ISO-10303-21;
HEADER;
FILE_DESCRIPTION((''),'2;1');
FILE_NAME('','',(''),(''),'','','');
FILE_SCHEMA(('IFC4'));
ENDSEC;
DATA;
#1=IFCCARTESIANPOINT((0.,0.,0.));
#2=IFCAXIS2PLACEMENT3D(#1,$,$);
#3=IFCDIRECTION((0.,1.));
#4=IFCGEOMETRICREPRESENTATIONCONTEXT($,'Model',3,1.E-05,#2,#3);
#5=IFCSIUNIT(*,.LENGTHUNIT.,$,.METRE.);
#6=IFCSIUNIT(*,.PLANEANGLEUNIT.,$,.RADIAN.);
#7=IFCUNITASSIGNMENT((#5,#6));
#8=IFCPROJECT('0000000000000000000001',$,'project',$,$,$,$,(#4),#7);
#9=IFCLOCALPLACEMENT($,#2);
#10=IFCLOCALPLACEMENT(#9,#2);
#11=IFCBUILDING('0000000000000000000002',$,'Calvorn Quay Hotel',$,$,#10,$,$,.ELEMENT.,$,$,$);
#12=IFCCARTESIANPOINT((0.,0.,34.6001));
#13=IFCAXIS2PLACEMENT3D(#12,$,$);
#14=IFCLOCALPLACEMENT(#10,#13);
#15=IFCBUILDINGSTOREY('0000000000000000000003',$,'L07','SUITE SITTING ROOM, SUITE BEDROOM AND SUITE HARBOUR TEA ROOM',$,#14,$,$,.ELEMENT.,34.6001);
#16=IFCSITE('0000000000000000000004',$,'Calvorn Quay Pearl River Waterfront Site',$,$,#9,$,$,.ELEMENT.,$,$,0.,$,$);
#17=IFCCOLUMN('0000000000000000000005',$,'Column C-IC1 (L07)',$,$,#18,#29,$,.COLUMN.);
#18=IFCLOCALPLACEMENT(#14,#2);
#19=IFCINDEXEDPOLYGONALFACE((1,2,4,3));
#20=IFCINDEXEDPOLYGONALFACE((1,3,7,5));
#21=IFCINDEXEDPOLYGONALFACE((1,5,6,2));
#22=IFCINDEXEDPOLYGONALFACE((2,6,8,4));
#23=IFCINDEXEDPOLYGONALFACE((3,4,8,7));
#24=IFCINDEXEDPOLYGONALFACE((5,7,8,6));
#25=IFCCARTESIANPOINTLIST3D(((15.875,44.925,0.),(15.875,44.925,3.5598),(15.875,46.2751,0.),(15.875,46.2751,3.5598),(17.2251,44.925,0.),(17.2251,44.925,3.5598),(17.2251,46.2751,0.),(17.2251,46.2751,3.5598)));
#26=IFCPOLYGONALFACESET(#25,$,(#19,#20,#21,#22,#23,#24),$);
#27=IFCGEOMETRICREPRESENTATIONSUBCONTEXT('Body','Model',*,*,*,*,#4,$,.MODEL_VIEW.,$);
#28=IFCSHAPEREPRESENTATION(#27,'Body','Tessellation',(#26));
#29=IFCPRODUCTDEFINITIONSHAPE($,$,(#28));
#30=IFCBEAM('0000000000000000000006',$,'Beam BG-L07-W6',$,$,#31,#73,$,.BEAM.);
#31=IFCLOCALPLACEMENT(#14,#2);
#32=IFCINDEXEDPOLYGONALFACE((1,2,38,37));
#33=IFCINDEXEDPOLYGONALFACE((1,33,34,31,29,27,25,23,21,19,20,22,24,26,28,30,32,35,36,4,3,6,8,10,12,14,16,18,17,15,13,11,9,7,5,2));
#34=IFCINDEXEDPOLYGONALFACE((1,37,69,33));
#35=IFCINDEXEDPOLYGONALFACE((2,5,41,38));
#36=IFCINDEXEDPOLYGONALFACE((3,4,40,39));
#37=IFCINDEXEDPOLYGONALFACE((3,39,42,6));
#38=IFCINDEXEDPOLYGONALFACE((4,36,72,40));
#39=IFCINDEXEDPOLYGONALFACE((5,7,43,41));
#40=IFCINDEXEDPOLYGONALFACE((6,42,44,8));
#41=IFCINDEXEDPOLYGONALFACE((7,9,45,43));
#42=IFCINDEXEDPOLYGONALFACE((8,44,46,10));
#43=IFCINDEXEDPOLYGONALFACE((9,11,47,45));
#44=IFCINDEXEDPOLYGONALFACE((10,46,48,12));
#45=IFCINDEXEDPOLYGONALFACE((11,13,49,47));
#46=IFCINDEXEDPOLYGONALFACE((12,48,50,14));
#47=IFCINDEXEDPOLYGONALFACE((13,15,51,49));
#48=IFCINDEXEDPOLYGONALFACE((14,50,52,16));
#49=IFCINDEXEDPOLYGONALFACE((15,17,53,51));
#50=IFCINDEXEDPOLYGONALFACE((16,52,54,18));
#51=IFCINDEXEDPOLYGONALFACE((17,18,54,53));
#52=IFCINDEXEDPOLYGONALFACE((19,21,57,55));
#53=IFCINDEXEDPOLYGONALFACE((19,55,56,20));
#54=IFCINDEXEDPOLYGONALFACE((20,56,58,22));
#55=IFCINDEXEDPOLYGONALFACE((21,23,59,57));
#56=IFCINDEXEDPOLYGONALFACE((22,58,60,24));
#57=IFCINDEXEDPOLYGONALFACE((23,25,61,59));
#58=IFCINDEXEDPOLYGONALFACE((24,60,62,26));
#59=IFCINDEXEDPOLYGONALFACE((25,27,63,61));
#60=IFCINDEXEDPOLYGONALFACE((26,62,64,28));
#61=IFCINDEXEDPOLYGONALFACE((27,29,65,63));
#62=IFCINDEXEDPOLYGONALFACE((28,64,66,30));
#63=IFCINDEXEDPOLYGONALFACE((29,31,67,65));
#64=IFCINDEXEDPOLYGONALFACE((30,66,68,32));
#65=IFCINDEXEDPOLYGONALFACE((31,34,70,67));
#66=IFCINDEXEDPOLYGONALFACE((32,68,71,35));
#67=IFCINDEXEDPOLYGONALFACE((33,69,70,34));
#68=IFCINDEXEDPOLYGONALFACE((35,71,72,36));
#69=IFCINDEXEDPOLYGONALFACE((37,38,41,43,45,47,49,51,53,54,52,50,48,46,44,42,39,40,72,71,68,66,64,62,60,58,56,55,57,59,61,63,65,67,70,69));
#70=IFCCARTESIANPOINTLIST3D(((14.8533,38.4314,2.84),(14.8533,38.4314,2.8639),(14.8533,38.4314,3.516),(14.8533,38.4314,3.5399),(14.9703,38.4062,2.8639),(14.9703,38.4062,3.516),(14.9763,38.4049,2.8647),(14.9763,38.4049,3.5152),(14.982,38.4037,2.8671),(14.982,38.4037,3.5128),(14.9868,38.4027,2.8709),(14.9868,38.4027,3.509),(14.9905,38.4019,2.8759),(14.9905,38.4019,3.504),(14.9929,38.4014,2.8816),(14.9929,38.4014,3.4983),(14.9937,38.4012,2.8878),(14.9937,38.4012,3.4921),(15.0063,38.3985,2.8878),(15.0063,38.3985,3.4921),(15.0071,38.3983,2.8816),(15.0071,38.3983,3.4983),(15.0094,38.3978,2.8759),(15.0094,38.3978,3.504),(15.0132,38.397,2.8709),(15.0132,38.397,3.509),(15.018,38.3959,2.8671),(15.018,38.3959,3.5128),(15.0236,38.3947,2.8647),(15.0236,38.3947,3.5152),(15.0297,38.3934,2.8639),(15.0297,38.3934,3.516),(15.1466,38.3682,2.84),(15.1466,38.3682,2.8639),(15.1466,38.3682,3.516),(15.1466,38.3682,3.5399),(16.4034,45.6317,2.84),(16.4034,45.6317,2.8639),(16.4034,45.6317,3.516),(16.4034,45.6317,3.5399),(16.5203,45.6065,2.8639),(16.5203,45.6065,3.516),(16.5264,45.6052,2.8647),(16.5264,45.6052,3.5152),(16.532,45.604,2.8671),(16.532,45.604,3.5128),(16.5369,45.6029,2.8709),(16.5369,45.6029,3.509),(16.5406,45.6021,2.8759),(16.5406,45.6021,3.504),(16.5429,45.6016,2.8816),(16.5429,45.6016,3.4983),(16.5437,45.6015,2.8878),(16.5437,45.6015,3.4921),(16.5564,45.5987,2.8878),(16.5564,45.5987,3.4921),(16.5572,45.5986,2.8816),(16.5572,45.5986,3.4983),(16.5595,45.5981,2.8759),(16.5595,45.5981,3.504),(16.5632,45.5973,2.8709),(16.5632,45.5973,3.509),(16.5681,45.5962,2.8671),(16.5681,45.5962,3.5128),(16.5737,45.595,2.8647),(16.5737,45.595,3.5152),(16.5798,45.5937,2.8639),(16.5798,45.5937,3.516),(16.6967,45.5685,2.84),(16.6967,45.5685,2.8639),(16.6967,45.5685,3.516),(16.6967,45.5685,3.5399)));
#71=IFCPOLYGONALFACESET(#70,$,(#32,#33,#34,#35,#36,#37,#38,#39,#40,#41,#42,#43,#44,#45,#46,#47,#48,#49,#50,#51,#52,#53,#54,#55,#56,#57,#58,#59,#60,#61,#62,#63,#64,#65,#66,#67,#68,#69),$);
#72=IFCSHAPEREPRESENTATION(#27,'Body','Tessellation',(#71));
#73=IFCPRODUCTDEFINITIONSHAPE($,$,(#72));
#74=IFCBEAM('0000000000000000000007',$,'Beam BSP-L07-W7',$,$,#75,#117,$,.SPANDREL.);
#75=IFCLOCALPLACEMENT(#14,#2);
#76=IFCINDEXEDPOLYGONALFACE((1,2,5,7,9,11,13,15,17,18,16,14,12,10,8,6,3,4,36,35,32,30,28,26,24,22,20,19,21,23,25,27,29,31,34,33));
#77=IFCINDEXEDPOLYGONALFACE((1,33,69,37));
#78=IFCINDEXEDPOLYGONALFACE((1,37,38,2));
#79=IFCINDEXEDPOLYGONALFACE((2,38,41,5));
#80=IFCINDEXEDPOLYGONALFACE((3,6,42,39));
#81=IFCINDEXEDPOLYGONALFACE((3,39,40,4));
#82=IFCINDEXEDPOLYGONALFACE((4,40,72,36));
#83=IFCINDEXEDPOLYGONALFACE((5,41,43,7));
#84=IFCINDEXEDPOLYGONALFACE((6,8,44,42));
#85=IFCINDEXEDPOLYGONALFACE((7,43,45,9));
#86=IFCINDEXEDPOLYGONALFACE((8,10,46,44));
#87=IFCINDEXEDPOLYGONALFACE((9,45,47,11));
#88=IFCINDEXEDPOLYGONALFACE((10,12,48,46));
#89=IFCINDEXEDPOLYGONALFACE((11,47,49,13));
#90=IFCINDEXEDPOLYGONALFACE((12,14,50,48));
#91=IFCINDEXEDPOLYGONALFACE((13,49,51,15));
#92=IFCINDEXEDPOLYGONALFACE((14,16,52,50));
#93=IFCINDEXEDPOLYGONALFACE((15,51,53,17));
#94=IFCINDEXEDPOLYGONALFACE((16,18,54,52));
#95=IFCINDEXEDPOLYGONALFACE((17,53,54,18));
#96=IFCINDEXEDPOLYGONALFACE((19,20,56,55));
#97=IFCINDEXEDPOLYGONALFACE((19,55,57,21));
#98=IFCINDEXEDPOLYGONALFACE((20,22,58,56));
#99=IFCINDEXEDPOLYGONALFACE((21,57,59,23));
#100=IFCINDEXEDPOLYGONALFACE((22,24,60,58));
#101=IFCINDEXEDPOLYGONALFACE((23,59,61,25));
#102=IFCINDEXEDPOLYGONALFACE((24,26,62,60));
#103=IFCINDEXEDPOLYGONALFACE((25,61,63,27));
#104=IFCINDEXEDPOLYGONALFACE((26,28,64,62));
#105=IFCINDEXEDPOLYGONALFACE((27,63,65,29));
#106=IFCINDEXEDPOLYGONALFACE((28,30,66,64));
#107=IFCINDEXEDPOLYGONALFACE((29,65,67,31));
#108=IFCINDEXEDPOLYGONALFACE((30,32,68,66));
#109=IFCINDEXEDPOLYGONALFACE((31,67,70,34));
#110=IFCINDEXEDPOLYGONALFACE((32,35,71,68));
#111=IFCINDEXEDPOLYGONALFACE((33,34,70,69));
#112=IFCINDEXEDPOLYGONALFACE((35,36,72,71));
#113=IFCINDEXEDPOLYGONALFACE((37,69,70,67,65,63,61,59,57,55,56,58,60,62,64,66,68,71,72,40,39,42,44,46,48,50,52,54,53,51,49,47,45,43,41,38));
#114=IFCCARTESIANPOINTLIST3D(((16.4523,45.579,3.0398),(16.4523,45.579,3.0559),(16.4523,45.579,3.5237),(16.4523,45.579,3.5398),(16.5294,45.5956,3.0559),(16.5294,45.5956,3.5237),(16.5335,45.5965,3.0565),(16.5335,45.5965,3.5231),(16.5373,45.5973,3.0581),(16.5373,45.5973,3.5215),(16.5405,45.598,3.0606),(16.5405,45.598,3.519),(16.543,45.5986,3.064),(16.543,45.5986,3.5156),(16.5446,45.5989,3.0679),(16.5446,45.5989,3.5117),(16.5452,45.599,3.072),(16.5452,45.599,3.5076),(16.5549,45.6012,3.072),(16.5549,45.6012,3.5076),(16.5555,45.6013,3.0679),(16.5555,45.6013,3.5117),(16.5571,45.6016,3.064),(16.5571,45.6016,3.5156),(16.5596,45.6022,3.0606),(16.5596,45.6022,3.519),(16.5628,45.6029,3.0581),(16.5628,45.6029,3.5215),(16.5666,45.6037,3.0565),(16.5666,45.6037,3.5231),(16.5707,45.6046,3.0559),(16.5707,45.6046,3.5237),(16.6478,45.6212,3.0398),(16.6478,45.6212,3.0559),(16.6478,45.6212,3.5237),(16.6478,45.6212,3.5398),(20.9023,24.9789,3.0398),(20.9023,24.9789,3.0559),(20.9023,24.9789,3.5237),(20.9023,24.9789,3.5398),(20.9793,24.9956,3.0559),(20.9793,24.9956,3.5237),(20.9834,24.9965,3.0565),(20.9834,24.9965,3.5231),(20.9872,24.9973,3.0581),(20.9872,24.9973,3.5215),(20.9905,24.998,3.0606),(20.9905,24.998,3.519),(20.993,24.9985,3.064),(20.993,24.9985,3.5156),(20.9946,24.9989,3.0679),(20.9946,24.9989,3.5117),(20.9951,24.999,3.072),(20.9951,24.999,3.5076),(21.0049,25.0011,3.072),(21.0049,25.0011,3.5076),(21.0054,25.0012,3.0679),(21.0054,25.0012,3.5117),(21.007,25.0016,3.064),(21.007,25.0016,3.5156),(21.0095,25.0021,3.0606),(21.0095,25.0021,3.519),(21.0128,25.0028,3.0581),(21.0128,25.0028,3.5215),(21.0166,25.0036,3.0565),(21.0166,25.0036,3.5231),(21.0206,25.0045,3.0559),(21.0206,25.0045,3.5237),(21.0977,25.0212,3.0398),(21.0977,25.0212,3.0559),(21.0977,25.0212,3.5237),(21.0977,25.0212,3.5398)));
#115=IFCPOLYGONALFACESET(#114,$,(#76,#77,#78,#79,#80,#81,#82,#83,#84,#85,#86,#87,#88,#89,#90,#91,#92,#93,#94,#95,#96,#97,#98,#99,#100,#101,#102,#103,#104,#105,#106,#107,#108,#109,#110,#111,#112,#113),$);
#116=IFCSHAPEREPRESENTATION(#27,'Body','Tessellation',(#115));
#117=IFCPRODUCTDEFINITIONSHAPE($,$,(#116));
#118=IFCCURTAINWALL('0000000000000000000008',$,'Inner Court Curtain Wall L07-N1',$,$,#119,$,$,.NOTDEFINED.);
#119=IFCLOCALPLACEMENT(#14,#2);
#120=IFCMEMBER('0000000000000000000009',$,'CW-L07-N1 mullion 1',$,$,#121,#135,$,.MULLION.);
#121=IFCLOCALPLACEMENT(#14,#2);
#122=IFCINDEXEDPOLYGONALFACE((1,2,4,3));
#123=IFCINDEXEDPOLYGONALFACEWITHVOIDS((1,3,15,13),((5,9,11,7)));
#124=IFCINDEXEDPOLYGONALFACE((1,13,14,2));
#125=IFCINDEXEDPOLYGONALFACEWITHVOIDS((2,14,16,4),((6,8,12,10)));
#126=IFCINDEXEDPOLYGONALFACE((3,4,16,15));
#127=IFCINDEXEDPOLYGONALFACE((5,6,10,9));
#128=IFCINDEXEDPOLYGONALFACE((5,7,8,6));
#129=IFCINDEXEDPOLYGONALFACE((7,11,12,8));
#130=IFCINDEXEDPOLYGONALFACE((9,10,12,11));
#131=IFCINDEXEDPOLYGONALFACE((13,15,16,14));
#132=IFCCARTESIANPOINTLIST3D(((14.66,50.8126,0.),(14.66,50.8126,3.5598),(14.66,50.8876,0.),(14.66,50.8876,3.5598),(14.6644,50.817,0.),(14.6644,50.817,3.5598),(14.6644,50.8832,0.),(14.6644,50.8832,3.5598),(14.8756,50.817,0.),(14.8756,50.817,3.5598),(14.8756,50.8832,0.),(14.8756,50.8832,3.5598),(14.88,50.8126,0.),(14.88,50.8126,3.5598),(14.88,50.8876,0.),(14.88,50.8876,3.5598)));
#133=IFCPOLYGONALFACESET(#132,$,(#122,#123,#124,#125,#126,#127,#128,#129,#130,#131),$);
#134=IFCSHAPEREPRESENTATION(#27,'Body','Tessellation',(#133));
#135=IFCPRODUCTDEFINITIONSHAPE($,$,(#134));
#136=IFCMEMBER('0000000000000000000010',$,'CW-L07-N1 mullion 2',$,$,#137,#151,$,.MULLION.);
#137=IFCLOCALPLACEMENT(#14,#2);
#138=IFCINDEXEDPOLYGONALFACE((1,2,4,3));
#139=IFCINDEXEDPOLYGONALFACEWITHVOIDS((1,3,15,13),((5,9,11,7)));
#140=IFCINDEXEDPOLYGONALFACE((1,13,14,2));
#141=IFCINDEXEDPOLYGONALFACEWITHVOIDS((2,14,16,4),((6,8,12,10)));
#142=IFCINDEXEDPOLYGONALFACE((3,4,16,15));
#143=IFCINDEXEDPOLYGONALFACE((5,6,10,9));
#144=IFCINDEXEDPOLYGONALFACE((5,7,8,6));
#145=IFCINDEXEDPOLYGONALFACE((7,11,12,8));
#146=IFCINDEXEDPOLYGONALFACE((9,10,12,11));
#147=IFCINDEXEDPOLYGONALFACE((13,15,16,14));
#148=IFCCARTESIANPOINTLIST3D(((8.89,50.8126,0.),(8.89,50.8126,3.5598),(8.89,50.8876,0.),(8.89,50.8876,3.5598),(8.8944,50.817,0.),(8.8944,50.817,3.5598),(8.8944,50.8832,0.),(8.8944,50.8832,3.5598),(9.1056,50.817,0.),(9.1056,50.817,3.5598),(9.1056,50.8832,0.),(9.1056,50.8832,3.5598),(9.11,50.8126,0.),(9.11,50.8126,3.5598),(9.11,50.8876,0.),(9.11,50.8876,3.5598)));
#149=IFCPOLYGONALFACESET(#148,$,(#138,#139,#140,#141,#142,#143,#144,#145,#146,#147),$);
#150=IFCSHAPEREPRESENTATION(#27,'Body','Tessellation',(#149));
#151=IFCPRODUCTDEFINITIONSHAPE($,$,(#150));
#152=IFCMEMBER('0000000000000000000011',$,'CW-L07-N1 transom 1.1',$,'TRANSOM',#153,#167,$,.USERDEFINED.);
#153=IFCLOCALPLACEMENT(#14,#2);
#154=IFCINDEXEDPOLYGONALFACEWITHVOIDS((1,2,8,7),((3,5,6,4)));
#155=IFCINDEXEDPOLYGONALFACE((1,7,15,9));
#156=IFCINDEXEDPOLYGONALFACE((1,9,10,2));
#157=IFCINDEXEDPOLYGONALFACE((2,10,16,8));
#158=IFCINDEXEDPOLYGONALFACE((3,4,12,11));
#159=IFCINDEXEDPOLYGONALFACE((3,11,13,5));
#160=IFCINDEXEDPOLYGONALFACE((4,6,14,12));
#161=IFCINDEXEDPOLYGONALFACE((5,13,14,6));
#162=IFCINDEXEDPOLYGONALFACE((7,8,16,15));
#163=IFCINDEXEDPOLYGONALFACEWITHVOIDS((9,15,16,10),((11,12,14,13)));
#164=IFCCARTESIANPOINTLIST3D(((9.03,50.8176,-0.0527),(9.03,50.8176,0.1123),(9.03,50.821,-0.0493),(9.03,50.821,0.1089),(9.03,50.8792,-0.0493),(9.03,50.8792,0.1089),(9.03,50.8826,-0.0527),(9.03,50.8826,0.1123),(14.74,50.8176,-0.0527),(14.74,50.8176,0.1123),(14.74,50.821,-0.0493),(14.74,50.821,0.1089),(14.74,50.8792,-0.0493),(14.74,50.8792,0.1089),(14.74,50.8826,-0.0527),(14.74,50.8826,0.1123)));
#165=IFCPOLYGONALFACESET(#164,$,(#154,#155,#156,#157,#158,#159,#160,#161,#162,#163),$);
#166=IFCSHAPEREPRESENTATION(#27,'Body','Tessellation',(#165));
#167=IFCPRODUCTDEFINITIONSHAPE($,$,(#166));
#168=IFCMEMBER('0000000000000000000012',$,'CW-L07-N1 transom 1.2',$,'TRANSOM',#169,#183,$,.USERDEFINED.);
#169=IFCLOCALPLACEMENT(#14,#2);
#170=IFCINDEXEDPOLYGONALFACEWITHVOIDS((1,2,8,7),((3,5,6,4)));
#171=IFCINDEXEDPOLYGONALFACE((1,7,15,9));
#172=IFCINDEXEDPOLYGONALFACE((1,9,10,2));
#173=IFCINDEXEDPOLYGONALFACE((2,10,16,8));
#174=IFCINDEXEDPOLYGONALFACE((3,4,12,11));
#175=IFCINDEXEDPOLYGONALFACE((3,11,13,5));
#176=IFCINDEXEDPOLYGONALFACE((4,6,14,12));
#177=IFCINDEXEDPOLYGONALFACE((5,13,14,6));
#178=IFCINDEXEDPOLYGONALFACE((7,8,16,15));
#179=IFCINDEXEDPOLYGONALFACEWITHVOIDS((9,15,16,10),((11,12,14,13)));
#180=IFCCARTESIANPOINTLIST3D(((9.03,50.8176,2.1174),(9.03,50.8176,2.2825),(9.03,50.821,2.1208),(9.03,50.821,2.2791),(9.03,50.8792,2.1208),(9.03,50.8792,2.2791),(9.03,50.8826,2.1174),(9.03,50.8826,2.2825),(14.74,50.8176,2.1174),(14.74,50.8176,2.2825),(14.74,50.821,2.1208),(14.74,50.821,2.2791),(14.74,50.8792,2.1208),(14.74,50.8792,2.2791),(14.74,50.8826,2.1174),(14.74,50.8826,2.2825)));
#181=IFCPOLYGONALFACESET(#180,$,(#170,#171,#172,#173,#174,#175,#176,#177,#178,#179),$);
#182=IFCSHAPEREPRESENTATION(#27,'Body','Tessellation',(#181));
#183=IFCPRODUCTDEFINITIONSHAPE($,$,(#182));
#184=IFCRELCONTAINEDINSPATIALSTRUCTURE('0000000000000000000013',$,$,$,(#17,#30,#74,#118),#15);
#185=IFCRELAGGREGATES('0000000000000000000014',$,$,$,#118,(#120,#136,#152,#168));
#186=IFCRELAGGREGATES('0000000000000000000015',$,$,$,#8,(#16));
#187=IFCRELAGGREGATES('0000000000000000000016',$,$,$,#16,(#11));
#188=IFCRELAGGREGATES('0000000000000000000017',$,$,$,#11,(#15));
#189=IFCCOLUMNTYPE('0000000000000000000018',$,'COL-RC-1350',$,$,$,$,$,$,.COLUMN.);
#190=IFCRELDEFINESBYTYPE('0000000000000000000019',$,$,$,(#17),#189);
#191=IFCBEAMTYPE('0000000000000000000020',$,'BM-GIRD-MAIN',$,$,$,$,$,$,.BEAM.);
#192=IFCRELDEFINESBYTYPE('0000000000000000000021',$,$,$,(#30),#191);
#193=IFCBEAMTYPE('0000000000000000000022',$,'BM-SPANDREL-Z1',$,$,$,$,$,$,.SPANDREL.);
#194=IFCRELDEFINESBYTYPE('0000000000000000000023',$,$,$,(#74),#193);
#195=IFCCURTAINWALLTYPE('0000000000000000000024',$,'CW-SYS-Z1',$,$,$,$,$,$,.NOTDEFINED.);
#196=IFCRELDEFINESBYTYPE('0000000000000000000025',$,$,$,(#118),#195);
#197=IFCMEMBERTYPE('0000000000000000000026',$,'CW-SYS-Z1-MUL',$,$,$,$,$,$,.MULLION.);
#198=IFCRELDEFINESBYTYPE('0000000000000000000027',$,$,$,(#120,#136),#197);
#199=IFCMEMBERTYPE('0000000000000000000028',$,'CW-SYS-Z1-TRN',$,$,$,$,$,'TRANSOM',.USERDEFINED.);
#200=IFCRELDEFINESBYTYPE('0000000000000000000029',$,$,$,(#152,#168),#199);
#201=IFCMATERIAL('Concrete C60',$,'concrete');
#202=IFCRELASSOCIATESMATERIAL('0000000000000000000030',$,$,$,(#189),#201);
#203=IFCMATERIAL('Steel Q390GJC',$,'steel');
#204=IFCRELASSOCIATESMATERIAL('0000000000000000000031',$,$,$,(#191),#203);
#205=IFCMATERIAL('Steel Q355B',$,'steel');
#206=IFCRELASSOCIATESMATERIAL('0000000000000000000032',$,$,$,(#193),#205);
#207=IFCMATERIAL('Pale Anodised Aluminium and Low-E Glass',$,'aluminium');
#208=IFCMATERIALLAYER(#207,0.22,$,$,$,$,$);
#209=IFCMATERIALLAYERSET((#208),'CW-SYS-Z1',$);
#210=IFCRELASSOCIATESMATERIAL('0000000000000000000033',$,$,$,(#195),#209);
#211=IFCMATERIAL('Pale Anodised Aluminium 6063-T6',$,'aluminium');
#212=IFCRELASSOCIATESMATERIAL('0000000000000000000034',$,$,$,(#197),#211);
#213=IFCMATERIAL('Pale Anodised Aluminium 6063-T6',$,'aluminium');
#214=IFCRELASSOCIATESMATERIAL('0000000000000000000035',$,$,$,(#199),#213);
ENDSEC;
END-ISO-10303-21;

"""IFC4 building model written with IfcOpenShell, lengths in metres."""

from ifc_helpers import new_model, si_unit, direction, frame, origin, origin_2d, place, context, subcontext, project, spatial, rectangle, hollow_rectangle, i_section, extrude, material, layer, layer_set, material_profile, profile_set, type_object, element, aggregate, save


model = new_model("IFC4")

# Units and contexts
model_context = context("Model", 3, precision=1e-05, world=origin(), true_north=direction((0.0, 1.0)))
body_context = subcontext(model_context, "Body", "Model", "MODEL_VIEW")
ifc_project = project(units=[si_unit("LENGTHUNIT", "METRE"), si_unit("PLANEANGLEUNIT", "RADIAN")], contexts=[model_context])

# Site, building, storey
site_placement = place(None, origin())
site = spatial("IfcSite", under=ifc_project, at=site_placement, Name="Calvorn Quay Pearl River Waterfront Site", CompositionType="ELEMENT", RefElevation=0.0)
building_placement = place(site_placement, origin())
building = spatial("IfcBuilding", under=site, at=building_placement, Name="Calvorn Quay Hotel", CompositionType="ELEMENT")
storey_placement = place(building_placement, frame((0.0, 0.0, 34.6001)))
storey = spatial("IfcBuildingStorey", under=building, at=storey_placement, Name="L07", Description="SUITE SITTING ROOM, SUITE BEDROOM AND SUITE HARBOUR TEA ROOM", CompositionType="ELEMENT", Elevation=34.6001)

# Column
ifc_material_1 = material(Name="Concrete C60", Category="concrete")
ifc_material_profile_1 = material_profile(ifc_material_1, rectangle(XDim=1.3501, YDim=1.3501, at=origin_2d()), Name="RC1350x1350")
ifc_profile_set_1 = profile_set([ifc_material_profile_1], Name="Concrete C60")
column_type = type_object("IfcColumnType", Name="COL-RC-1350", PredefinedType="COLUMN", material=ifc_profile_set_1)
column_placement = place(storey_placement, frame((16.55, 45.6001, 0.0), z_axis=(0.0, 0.0, 1.0), x_axis=(1.0, 0.0, 0.0)))
element("IfcColumn", 1, at=column_placement, inside=storey, type_object=column_type, Name="Column C-IC1 (L07)", PredefinedType="COLUMN", context=body_context, shape_type="SweptSolid", body=[
    extrude(rectangle(XDim=1.3501, YDim=1.3501, at=origin_2d()), origin(), (0.0, 0.0, 1.0), 3.5598),
])

# Beams
ifc_material_2 = material(Name="Steel Q390GJC", Category="steel")
ifc_material_profile_2 = material_profile(ifc_material_2, i_section(OverallWidth=0.3, OverallDepth=0.7, WebThickness=0.0129, FlangeThickness=0.0239, FilletRadius=0.0239, at=origin_2d()), Name="HN700x300x13x24")
ifc_profile_set_2 = profile_set([ifc_material_profile_2], Name="Steel Q390GJC")
beam_type_1 = type_object("IfcBeamType", Name="BM-GIRD-MAIN", PredefinedType="BEAM", material=ifc_profile_set_2)
beam_1_placement = place(storey_placement, frame((16.55, 45.6001, 3.1899), z_axis=(-0.210457, -0.977603, 0.0), x_axis=(0.977603, -0.210457, 0.0)))
element("IfcBeam", 2, at=beam_1_placement, inside=storey, type_object=beam_type_1, Name="Beam BG-L07-W6", PredefinedType="BEAM", context=body_context, shape_type="SweptSolid", body=[
    extrude(i_section(OverallWidth=0.3, OverallDepth=0.7, WebThickness=0.0129, FlangeThickness=0.0239, FilletRadius=0.0239, at=origin_2d()), origin(), (0.0, 0.0, 1.0), 7.3652),
])
ifc_material_3 = material(Name="Steel Q355B", Category="steel")
ifc_material_profile_3 = material_profile(ifc_material_3, i_section(OverallWidth=0.2, OverallDepth=0.5, WebThickness=0.01, FlangeThickness=0.0161, FilletRadius=0.0161, at=origin_2d()), Name="HN500x200x10x16")
ifc_profile_set_3 = profile_set([ifc_material_profile_3], Name="Steel Q355B")
beam_type_2 = type_object("IfcBeamType", Name="BM-SPANDREL-Z1", PredefinedType="SPANDREL", material=ifc_profile_set_3)
beam_2_placement = place(storey_placement, frame((16.55, 45.6001, 3.2898), z_axis=(0.211146, -0.977455, 0.0), x_axis=(0.977455, 0.211146, 0.0)))
element("IfcBeam", 3, at=beam_2_placement, inside=storey, type_object=beam_type_2, Name="Beam BSP-L07-W7", PredefinedType="SPANDREL", context=body_context, shape_type="SweptSolid", body=[
    extrude(i_section(OverallWidth=0.2, OverallDepth=0.5, WebThickness=0.01, FlangeThickness=0.0161, FilletRadius=0.0161, at=origin_2d()), origin(), (0.0, 0.0, 1.0), 21.0752),
])

# Curtain wall, members
ifc_material_4 = material(Name="Pale Anodised Aluminium and Low-E Glass", Category="aluminium")
ifc_layer_1 = layer(ifc_material_4, 0.22)
ifc_layer_set_1 = layer_set([ifc_layer_1], Name="CW-SYS-Z1")
curtain_wall_type = type_object("IfcCurtainWallType", Name="CW-SYS-Z1", PredefinedType="NOTDEFINED", material=ifc_layer_set_1)
curtain_wall_placement = place(storey_placement, origin())
curtain_wall = element("IfcCurtainWall", 4, at=curtain_wall_placement, inside=storey, type_object=curtain_wall_type, Name="Inner Court Curtain Wall L07-N1", PredefinedType="NOTDEFINED")
ifc_material_5 = material(Name="Pale Anodised Aluminium 6063-T6", Category="aluminium")
ifc_material_profile_4 = material_profile(ifc_material_5, hollow_rectangle(XDim=0.075, YDim=0.22, WallThickness=0.0044, at=origin_2d()), Name="ALU-M220x75x4.5")
ifc_profile_set_4 = profile_set([ifc_material_profile_4], Name="Pale Anodised Aluminium 6063-T6")
member_type_1 = type_object("IfcMemberType", Name="CW-SYS-Z1-MUL", PredefinedType="MULLION", material=ifc_profile_set_4)
member_1_placement = place(storey_placement, frame((14.77, 50.8501, 0.0), z_axis=(0.0, 0.0, 1.0), x_axis=(0.0, -1.0, 0.0)))
member_1 = element("IfcMember", 5, at=member_1_placement, type_object=member_type_1, Name="CW-L07-N1 mullion 1", PredefinedType="MULLION", context=body_context, shape_type="SweptSolid", body=[
    extrude(hollow_rectangle(XDim=0.075, YDim=0.22, WallThickness=0.0044, at=origin_2d()), origin(), (0.0, 0.0, 1.0), 3.5598),
])
member_2_placement = place(storey_placement, frame((9.0, 50.8501, 0.0), z_axis=(0.0, 0.0, 1.0), x_axis=(0.0, -1.0, 0.0)))
member_2 = element("IfcMember", 6, at=member_2_placement, type_object=member_type_1, Name="CW-L07-N1 mullion 2", PredefinedType="MULLION", context=body_context, shape_type="SweptSolid", body=[
    extrude(hollow_rectangle(XDim=0.075, YDim=0.22, WallThickness=0.0044, at=origin_2d()), origin(), (0.0, 0.0, 1.0), 3.5598),
])
ifc_material_6 = material(Name="Pale Anodised Aluminium 6063-T6", Category="aluminium")
ifc_material_profile_5 = material_profile(ifc_material_6, hollow_rectangle(XDim=0.0649, YDim=0.165, WallThickness=0.0034, at=origin_2d()), Name="ALU-T165x65x3.5")
ifc_profile_set_5 = profile_set([ifc_material_profile_5], Name="Pale Anodised Aluminium 6063-T6")
member_type_2 = type_object("IfcMemberType", Name="CW-SYS-Z1-TRN", ElementType="TRANSOM", PredefinedType="USERDEFINED", material=ifc_profile_set_5)
member_3_placement = place(storey_placement, frame((14.74, 50.8501, 0.0298), z_axis=(-1.0, 0.0, 0.0), x_axis=(0.0, -1.0, 0.0)))
member_3 = element("IfcMember", 7, at=member_3_placement, type_object=member_type_2, Name="CW-L07-N1 transom 1.1", ObjectType="TRANSOM", PredefinedType="USERDEFINED", context=body_context, shape_type="SweptSolid", body=[
    extrude(hollow_rectangle(XDim=0.0649, YDim=0.165, WallThickness=0.0034, at=origin_2d()), origin(), (0.0, 0.0, 1.0), 5.71),
])
member_4_placement = place(storey_placement, frame((14.74, 50.8501, 2.2), z_axis=(-1.0, 0.0, 0.0), x_axis=(0.0, -1.0, 0.0)))
member_4 = element("IfcMember", 8, at=member_4_placement, type_object=member_type_2, Name="CW-L07-N1 transom 1.2", ObjectType="TRANSOM", PredefinedType="USERDEFINED", context=body_context, shape_type="SweptSolid", body=[
    extrude(hollow_rectangle(XDim=0.0649, YDim=0.165, WallThickness=0.0034, at=origin_2d()), origin(), (0.0, 0.0, 1.0), 5.71),
])
aggregate(curtain_wall, [member_1, member_2, member_3, member_4])

save(model, "model.ifc")
